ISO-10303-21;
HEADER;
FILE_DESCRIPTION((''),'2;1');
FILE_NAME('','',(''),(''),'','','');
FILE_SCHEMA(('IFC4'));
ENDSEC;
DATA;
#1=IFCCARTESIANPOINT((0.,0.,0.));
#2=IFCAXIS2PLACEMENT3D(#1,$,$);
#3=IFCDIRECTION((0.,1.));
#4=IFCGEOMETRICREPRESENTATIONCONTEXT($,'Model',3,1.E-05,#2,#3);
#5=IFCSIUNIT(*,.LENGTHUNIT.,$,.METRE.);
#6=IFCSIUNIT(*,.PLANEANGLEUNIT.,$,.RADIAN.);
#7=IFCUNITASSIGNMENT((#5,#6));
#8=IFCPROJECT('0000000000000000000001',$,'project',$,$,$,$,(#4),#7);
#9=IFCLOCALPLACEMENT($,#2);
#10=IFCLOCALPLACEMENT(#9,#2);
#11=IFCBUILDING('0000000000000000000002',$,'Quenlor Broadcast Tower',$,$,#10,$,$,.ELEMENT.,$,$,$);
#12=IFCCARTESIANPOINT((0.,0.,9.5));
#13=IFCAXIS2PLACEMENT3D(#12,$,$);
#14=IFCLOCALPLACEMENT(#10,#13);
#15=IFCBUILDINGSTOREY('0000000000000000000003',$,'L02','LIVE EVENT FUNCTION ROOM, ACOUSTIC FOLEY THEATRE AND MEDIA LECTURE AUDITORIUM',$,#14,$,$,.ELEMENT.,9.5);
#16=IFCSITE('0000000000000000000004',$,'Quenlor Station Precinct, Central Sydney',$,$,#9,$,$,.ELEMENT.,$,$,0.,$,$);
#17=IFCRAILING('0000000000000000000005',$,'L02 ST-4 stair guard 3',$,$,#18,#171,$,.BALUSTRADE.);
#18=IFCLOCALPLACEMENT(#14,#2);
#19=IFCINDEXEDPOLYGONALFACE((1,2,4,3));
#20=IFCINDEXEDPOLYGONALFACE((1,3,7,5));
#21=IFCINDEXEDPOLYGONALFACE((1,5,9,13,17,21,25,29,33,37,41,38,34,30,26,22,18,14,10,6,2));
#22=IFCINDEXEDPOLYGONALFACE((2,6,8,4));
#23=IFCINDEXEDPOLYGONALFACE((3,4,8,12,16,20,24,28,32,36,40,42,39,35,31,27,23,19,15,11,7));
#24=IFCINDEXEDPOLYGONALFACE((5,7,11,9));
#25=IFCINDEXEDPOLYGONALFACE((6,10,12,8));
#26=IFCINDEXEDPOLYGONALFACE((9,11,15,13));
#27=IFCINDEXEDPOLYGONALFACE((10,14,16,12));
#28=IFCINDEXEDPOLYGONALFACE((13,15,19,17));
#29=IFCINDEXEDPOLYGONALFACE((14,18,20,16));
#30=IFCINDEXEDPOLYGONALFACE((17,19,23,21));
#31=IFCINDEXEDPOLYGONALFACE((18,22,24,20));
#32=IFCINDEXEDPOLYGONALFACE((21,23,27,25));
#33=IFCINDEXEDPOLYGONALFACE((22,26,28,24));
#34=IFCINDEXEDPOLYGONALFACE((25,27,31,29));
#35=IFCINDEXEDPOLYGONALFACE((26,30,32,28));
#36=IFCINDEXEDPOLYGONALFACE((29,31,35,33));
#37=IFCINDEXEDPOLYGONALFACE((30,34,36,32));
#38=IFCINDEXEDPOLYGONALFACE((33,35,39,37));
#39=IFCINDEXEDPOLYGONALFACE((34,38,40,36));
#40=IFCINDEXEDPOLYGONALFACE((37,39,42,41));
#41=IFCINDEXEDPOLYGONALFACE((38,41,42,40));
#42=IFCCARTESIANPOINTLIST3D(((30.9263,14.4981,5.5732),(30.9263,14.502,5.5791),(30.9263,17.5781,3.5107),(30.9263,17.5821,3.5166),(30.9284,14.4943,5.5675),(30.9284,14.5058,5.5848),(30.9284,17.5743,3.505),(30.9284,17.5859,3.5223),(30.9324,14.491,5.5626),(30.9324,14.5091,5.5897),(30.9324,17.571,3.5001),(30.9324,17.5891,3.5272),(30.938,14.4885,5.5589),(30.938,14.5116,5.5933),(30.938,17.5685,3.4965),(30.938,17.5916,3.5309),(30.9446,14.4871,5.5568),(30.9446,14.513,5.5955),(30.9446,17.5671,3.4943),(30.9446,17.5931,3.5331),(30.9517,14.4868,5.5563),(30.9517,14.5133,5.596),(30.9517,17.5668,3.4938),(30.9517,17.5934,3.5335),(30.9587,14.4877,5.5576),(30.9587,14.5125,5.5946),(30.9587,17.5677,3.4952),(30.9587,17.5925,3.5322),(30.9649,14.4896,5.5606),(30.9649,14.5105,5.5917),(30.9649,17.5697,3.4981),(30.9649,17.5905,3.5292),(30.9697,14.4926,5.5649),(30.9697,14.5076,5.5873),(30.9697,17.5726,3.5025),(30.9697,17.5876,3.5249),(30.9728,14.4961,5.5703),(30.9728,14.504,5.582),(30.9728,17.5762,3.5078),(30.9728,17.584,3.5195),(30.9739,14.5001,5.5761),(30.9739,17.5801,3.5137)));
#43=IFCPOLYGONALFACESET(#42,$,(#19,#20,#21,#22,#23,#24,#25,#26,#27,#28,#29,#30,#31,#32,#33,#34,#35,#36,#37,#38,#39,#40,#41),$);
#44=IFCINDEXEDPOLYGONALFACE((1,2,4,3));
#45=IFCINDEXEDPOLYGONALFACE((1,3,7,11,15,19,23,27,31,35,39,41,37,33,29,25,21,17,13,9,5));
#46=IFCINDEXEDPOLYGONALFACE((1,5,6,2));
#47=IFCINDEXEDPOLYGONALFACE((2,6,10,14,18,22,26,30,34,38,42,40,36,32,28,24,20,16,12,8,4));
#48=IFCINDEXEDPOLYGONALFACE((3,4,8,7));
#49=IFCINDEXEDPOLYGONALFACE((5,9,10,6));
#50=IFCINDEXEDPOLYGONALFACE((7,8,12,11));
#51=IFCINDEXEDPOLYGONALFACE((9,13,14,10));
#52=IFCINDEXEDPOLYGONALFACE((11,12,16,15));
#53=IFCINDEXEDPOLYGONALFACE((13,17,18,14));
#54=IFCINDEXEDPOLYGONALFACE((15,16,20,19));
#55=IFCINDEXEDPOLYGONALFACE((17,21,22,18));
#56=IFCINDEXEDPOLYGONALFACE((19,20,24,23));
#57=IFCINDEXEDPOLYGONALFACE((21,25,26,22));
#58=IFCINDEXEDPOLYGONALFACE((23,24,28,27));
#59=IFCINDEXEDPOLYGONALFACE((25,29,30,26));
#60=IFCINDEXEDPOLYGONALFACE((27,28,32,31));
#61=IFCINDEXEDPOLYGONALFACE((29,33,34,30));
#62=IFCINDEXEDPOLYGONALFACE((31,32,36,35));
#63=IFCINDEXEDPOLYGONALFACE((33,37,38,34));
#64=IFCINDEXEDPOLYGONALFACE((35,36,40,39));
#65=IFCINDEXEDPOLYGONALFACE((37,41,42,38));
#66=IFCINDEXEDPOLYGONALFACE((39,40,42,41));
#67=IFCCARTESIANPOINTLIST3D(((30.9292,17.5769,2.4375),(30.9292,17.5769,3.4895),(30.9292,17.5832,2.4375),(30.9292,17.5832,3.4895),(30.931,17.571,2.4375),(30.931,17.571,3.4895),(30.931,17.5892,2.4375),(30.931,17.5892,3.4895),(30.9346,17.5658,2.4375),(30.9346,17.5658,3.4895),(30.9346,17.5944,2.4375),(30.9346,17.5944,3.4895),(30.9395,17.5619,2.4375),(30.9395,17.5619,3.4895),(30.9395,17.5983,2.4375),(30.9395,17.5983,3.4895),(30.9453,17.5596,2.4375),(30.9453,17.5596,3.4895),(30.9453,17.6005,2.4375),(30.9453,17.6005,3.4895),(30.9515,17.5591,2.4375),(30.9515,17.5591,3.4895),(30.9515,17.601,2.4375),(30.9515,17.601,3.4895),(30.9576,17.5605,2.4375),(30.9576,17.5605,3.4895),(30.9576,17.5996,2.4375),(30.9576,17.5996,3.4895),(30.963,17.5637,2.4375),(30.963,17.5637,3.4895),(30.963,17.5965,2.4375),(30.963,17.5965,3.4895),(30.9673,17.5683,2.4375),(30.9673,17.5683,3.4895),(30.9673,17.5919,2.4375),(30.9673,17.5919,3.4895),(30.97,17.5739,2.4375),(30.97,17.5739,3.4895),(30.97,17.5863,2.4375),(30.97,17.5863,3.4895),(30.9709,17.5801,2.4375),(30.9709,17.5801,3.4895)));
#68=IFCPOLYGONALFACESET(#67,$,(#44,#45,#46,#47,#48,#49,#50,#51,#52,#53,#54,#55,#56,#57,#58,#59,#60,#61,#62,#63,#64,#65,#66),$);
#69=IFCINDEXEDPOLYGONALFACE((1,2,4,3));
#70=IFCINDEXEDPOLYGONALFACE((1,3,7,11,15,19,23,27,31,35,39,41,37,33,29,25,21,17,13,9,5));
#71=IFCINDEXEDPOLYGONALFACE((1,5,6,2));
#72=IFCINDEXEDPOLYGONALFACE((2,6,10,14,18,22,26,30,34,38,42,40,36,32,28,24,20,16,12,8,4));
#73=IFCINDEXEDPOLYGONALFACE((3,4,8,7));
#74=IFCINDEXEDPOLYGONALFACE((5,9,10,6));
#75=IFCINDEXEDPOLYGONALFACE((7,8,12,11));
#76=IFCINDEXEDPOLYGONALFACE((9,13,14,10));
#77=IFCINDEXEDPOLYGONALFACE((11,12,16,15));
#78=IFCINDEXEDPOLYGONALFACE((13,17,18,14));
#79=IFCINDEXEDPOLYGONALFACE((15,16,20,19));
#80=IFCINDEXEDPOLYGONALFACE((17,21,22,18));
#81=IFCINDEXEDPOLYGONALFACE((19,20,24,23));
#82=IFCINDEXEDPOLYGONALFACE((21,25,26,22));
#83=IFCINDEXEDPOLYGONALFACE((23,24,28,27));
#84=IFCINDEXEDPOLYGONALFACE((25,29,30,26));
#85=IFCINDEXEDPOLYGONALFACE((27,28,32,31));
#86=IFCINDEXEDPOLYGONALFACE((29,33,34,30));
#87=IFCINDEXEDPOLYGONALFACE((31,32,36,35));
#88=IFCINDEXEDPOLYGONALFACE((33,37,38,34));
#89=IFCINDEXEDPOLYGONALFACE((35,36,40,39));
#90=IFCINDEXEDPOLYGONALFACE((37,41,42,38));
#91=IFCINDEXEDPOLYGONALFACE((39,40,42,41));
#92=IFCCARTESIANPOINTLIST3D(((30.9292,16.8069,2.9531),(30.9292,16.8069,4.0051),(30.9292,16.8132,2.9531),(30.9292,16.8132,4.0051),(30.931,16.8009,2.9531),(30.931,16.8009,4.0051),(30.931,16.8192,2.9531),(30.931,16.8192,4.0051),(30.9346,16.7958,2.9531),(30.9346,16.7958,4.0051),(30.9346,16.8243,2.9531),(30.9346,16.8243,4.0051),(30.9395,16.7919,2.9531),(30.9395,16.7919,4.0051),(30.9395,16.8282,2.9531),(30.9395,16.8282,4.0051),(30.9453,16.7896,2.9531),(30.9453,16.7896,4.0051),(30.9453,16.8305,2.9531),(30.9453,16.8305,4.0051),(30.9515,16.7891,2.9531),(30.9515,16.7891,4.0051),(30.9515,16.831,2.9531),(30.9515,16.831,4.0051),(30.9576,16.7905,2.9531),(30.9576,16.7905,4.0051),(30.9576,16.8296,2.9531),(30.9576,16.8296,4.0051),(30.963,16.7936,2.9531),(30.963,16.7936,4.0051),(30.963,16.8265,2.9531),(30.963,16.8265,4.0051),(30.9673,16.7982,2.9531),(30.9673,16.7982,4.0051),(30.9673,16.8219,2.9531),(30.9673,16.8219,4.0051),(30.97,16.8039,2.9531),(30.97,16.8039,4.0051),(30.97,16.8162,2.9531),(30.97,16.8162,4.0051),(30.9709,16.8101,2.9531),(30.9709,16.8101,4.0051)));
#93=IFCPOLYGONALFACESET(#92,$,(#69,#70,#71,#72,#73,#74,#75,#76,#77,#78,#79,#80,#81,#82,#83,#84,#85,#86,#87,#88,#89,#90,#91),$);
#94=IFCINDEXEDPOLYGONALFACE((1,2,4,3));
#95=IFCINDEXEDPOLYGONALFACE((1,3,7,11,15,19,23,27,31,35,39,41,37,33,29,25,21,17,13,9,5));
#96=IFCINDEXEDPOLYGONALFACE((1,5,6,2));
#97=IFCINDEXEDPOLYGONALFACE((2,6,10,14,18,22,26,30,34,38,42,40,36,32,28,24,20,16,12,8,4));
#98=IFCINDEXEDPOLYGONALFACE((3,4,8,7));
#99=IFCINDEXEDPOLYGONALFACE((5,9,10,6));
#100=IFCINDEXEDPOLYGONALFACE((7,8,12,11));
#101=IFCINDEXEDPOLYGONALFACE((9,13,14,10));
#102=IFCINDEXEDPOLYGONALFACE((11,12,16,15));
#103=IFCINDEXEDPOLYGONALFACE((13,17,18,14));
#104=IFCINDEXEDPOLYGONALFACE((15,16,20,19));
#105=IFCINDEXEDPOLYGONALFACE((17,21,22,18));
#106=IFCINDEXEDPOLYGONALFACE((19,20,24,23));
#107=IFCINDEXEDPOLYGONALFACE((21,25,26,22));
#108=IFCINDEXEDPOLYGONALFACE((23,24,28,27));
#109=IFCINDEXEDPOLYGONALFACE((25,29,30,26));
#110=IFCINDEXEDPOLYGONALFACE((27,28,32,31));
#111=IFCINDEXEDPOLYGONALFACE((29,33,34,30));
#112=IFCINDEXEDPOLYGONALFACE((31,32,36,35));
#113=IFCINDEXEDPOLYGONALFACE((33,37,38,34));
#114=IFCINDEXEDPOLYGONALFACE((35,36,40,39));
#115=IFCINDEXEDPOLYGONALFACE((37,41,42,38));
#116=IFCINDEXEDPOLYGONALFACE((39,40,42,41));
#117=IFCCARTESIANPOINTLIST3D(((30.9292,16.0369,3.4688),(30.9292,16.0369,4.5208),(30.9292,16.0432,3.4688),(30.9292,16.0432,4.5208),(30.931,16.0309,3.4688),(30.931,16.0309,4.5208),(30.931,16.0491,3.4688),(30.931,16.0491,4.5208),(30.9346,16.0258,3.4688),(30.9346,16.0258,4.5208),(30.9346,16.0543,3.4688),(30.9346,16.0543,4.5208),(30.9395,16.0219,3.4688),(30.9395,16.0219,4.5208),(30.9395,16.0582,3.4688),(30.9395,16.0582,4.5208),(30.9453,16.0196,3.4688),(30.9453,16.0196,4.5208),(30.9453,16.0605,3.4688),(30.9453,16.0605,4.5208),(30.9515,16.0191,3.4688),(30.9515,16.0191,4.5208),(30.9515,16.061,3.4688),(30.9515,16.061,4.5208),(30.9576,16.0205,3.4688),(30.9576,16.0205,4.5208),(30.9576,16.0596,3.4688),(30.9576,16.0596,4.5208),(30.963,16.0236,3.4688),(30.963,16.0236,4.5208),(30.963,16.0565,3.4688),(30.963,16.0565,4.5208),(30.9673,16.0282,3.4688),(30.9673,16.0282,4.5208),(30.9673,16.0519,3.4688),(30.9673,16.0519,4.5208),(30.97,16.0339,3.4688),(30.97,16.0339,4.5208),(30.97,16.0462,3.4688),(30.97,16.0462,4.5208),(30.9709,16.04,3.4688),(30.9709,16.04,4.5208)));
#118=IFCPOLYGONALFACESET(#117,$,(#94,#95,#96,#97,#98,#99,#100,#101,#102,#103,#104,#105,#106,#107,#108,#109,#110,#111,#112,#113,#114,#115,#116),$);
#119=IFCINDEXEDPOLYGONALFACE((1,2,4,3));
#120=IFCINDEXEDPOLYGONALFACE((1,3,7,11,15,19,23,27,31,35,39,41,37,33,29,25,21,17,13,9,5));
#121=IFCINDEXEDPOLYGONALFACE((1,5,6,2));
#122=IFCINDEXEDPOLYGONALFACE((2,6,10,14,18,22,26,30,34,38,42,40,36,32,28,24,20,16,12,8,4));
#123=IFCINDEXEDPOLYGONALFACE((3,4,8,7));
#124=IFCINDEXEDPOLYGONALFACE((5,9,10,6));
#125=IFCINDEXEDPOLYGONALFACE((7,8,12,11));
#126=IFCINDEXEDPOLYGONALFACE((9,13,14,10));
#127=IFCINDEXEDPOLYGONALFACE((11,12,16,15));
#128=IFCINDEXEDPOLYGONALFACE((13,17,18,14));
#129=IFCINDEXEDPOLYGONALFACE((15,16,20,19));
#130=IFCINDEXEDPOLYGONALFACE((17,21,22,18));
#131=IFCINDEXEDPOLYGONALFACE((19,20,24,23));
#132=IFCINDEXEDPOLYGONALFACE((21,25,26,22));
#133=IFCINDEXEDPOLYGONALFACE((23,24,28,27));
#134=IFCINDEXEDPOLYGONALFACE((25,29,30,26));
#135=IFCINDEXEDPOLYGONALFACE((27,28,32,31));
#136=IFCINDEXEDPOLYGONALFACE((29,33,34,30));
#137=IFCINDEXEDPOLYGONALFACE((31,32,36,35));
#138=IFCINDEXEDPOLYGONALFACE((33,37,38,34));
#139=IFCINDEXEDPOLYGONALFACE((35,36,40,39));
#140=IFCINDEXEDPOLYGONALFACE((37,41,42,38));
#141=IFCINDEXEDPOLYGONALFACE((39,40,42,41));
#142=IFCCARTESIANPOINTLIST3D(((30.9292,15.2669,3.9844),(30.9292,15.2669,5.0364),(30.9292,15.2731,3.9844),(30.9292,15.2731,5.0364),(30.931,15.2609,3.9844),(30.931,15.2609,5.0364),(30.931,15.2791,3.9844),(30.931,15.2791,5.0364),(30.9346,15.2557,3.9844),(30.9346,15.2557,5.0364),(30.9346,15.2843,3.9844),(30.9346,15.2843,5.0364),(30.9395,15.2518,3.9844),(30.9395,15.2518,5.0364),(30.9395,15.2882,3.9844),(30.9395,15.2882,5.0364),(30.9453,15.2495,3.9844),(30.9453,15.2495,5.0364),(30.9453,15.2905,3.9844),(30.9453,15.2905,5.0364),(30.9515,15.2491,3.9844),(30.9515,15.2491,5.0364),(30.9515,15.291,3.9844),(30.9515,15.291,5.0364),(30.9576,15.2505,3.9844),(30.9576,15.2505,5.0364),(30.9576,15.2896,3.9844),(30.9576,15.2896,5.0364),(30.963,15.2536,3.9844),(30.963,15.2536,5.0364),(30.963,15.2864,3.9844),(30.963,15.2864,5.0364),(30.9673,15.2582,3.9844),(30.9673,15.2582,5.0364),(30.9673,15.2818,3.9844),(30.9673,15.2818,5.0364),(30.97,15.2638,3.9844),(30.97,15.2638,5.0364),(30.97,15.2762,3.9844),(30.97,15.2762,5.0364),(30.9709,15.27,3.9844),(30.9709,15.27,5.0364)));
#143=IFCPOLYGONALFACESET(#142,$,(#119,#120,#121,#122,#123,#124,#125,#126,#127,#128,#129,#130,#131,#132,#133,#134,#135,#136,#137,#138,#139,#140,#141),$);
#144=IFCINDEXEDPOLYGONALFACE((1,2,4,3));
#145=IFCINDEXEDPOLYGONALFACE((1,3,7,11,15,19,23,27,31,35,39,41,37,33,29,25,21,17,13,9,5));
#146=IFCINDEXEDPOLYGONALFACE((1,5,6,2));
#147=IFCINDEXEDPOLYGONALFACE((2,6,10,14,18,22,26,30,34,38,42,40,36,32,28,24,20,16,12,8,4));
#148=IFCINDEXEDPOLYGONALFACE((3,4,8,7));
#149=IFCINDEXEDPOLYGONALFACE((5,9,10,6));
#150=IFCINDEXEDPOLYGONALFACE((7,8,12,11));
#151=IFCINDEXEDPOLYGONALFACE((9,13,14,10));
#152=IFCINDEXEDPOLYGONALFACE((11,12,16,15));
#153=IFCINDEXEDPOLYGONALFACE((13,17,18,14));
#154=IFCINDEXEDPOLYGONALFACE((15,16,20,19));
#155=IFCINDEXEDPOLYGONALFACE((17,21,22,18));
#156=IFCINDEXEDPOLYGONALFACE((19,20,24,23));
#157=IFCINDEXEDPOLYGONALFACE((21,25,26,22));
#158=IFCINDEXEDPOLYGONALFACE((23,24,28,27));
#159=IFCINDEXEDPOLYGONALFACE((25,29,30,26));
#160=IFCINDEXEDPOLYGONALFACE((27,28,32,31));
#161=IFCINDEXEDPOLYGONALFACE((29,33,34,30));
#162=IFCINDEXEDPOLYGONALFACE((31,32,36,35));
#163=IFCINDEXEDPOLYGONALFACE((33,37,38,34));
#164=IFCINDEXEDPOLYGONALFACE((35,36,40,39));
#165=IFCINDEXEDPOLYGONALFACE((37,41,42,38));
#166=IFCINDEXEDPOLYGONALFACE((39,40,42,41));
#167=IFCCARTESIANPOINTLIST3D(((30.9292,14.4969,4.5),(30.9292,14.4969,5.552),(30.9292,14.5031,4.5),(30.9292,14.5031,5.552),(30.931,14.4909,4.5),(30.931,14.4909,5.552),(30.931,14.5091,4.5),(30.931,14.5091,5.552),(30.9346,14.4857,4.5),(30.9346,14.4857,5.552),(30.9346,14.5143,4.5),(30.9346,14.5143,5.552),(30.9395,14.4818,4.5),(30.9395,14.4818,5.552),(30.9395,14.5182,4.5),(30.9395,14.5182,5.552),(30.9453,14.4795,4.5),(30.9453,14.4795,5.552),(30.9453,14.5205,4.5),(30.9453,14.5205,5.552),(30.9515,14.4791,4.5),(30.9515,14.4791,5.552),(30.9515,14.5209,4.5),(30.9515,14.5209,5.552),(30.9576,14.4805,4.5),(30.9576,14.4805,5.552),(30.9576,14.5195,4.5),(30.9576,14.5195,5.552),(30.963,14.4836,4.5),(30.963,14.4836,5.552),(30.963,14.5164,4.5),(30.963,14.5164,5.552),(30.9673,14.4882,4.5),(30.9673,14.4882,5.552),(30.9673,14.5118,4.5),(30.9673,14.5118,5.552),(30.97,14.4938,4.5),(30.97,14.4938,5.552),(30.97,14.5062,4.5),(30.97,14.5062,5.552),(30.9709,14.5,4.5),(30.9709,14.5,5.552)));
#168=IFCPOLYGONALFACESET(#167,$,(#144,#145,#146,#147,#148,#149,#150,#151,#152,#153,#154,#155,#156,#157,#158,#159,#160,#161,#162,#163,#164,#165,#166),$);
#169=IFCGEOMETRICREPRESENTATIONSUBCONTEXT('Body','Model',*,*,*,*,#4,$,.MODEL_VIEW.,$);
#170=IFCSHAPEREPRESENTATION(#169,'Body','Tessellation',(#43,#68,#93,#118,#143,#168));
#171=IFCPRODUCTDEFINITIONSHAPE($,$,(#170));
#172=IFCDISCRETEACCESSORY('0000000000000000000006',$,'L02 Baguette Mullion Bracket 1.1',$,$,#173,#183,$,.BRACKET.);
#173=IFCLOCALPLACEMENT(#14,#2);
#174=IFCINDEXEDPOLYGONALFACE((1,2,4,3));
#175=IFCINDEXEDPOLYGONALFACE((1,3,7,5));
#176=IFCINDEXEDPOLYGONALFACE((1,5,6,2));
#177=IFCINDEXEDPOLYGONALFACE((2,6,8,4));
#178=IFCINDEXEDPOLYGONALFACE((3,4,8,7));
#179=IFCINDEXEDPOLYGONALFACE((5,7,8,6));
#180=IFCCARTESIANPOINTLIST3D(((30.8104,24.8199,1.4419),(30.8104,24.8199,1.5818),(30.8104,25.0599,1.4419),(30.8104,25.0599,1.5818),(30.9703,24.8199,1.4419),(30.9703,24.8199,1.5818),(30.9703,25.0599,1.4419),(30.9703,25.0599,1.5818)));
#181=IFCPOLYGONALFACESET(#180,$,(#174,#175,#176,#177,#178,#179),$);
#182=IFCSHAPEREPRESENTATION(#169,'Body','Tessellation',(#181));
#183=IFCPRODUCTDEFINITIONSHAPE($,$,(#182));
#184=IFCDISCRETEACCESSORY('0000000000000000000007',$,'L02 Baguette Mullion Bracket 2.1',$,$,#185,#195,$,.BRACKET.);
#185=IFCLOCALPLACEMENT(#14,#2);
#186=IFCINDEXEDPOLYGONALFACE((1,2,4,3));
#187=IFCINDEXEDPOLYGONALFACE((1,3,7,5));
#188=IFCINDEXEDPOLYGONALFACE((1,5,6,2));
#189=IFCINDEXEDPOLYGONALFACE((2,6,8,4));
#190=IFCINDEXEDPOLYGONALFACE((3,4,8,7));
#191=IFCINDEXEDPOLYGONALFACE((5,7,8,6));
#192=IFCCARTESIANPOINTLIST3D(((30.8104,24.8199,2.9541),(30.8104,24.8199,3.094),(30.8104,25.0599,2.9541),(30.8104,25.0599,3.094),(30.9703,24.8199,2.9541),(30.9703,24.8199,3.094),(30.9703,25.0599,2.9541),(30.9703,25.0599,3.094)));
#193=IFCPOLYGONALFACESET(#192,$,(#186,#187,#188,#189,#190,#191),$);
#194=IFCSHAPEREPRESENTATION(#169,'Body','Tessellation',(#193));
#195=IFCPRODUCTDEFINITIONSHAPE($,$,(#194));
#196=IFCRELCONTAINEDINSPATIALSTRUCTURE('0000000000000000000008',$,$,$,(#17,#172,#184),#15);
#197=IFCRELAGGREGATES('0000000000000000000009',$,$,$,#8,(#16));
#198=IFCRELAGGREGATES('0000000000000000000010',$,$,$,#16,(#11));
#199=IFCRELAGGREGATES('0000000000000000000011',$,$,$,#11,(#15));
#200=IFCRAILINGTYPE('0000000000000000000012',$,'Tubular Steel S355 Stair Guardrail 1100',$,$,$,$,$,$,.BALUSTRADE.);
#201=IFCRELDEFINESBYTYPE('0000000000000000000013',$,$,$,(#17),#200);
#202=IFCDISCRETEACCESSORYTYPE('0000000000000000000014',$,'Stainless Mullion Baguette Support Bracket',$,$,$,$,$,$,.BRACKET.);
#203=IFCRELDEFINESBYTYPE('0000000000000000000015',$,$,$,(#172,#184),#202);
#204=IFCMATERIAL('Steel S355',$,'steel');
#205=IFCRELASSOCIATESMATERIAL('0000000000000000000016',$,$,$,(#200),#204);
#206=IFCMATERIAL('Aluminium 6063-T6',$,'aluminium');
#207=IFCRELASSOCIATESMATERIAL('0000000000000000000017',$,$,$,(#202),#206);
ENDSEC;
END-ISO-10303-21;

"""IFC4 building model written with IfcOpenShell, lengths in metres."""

from ifc_helpers import new_model, si_unit, direction, frame, origin, origin_2d, place, context, subcontext, project, spatial, rectangle, circle, extrude, material, type_object, element, save


model = new_model("IFC4")

# Units and contexts
model_context = context("Model", 3, precision=1e-05, world=origin(), true_north=direction((0.0, 1.0)))
body_context = subcontext(model_context, "Body", "Model", "MODEL_VIEW")
ifc_project = project(units=[si_unit("LENGTHUNIT", "METRE"), si_unit("PLANEANGLEUNIT", "RADIAN")], contexts=[model_context])

# Site, building, storey
site_placement = place(None, origin())
site = spatial("IfcSite", under=ifc_project, at=site_placement, Name="Quenlor Station Precinct, Central Sydney", CompositionType="ELEMENT", RefElevation=0.0)
building_placement = place(site_placement, origin())
building = spatial("IfcBuilding", under=site, at=building_placement, Name="Quenlor Broadcast Tower", CompositionType="ELEMENT")
storey_placement = place(building_placement, frame((0.0, 0.0, 9.5)))
storey = spatial("IfcBuildingStorey", under=building, at=storey_placement, Name="L02", Description="LIVE EVENT FUNCTION ROOM, ACOUSTIC FOLEY THEATRE AND MEDIA LECTURE AUDITORIUM", CompositionType="ELEMENT", Elevation=9.5)

# Railing
ifc_material_1 = material(Name="Steel S355", Category="steel")
railing_type_1 = type_object("IfcRailingType", Name="Tubular Steel S355 Stair Guardrail 1100", PredefinedType="BALUSTRADE", material=ifc_material_1)
railing_1_placement = place(storey_placement, frame((30.95, 17.5801, 2.4375)))
element("IfcRailing", 1, at=railing_1_placement, inside=storey, type_object=railing_type_1, Name="L02 ST-4 stair guard 3", PredefinedType="BALUSTRADE", context=body_context, shape_type="SweptSolid", body=[
    extrude(circle(Radius=0.0239, at=origin_2d()), frame((0.0, 0.0, 1.0762), z_axis=(0.0, -0.830914, 0.556401), x_axis=(1.0, 0.0, 0.0)), (0.0, 0.0, 1.0), 3.7068),
    extrude(circle(Radius=0.021, at=origin_2d()), origin(), (0.0, 0.0, 1.0), 1.052),
    extrude(circle(Radius=0.021, at=origin_2d()), frame((0.0, -0.77, 0.5156)), (0.0, 0.0, 1.0), 1.052),
    extrude(circle(Radius=0.021, at=origin_2d()), frame((0.0, -1.54, 1.0312)), (0.0, 0.0, 1.0), 1.052),
    extrude(circle(Radius=0.021, at=origin_2d()), frame((0.0, -2.3101, 1.5469)), (0.0, 0.0, 1.0), 1.052),
    extrude(circle(Radius=0.021, at=origin_2d()), frame((0.0, -3.0801, 2.0625)), (0.0, 0.0, 1.0), 1.052),
])

# Discrete accessories
ifc_material_2 = material(Name="Aluminium 6063-T6", Category="aluminium")
discrete_accessory_type = type_object("IfcDiscreteAccessoryType", Name="Stainless Mullion Baguette Support Bracket", PredefinedType="BRACKET", material=ifc_material_2)
for number, where, z_axis, x_axis, name in (
    (2, (30.8904, 24.9399, 1.4419), (0.0, 0.0, 1.0), (1.0, 0.0, 0.0), "L02 Baguette Mullion Bracket 1.1"),
    (3, (30.8904, 24.9399, 2.9541), (0.0, 0.0, 1.0), (1.0, 0.0, 0.0), "L02 Baguette Mullion Bracket 2.1"),
):
    element("IfcDiscreteAccessory", number, at=place(storey_placement, frame(where, z_axis=z_axis, x_axis=x_axis)), inside=storey, type_object=discrete_accessory_type, Name=name, PredefinedType="BRACKET", context=body_context, shape_type="SweptSolid", body=[
        extrude(rectangle(XDim=0.1599, YDim=0.24, at=origin_2d()), origin(), (0.0, 0.0, 1.0), 0.1399),
    ])

save(model, "model.ifc")
